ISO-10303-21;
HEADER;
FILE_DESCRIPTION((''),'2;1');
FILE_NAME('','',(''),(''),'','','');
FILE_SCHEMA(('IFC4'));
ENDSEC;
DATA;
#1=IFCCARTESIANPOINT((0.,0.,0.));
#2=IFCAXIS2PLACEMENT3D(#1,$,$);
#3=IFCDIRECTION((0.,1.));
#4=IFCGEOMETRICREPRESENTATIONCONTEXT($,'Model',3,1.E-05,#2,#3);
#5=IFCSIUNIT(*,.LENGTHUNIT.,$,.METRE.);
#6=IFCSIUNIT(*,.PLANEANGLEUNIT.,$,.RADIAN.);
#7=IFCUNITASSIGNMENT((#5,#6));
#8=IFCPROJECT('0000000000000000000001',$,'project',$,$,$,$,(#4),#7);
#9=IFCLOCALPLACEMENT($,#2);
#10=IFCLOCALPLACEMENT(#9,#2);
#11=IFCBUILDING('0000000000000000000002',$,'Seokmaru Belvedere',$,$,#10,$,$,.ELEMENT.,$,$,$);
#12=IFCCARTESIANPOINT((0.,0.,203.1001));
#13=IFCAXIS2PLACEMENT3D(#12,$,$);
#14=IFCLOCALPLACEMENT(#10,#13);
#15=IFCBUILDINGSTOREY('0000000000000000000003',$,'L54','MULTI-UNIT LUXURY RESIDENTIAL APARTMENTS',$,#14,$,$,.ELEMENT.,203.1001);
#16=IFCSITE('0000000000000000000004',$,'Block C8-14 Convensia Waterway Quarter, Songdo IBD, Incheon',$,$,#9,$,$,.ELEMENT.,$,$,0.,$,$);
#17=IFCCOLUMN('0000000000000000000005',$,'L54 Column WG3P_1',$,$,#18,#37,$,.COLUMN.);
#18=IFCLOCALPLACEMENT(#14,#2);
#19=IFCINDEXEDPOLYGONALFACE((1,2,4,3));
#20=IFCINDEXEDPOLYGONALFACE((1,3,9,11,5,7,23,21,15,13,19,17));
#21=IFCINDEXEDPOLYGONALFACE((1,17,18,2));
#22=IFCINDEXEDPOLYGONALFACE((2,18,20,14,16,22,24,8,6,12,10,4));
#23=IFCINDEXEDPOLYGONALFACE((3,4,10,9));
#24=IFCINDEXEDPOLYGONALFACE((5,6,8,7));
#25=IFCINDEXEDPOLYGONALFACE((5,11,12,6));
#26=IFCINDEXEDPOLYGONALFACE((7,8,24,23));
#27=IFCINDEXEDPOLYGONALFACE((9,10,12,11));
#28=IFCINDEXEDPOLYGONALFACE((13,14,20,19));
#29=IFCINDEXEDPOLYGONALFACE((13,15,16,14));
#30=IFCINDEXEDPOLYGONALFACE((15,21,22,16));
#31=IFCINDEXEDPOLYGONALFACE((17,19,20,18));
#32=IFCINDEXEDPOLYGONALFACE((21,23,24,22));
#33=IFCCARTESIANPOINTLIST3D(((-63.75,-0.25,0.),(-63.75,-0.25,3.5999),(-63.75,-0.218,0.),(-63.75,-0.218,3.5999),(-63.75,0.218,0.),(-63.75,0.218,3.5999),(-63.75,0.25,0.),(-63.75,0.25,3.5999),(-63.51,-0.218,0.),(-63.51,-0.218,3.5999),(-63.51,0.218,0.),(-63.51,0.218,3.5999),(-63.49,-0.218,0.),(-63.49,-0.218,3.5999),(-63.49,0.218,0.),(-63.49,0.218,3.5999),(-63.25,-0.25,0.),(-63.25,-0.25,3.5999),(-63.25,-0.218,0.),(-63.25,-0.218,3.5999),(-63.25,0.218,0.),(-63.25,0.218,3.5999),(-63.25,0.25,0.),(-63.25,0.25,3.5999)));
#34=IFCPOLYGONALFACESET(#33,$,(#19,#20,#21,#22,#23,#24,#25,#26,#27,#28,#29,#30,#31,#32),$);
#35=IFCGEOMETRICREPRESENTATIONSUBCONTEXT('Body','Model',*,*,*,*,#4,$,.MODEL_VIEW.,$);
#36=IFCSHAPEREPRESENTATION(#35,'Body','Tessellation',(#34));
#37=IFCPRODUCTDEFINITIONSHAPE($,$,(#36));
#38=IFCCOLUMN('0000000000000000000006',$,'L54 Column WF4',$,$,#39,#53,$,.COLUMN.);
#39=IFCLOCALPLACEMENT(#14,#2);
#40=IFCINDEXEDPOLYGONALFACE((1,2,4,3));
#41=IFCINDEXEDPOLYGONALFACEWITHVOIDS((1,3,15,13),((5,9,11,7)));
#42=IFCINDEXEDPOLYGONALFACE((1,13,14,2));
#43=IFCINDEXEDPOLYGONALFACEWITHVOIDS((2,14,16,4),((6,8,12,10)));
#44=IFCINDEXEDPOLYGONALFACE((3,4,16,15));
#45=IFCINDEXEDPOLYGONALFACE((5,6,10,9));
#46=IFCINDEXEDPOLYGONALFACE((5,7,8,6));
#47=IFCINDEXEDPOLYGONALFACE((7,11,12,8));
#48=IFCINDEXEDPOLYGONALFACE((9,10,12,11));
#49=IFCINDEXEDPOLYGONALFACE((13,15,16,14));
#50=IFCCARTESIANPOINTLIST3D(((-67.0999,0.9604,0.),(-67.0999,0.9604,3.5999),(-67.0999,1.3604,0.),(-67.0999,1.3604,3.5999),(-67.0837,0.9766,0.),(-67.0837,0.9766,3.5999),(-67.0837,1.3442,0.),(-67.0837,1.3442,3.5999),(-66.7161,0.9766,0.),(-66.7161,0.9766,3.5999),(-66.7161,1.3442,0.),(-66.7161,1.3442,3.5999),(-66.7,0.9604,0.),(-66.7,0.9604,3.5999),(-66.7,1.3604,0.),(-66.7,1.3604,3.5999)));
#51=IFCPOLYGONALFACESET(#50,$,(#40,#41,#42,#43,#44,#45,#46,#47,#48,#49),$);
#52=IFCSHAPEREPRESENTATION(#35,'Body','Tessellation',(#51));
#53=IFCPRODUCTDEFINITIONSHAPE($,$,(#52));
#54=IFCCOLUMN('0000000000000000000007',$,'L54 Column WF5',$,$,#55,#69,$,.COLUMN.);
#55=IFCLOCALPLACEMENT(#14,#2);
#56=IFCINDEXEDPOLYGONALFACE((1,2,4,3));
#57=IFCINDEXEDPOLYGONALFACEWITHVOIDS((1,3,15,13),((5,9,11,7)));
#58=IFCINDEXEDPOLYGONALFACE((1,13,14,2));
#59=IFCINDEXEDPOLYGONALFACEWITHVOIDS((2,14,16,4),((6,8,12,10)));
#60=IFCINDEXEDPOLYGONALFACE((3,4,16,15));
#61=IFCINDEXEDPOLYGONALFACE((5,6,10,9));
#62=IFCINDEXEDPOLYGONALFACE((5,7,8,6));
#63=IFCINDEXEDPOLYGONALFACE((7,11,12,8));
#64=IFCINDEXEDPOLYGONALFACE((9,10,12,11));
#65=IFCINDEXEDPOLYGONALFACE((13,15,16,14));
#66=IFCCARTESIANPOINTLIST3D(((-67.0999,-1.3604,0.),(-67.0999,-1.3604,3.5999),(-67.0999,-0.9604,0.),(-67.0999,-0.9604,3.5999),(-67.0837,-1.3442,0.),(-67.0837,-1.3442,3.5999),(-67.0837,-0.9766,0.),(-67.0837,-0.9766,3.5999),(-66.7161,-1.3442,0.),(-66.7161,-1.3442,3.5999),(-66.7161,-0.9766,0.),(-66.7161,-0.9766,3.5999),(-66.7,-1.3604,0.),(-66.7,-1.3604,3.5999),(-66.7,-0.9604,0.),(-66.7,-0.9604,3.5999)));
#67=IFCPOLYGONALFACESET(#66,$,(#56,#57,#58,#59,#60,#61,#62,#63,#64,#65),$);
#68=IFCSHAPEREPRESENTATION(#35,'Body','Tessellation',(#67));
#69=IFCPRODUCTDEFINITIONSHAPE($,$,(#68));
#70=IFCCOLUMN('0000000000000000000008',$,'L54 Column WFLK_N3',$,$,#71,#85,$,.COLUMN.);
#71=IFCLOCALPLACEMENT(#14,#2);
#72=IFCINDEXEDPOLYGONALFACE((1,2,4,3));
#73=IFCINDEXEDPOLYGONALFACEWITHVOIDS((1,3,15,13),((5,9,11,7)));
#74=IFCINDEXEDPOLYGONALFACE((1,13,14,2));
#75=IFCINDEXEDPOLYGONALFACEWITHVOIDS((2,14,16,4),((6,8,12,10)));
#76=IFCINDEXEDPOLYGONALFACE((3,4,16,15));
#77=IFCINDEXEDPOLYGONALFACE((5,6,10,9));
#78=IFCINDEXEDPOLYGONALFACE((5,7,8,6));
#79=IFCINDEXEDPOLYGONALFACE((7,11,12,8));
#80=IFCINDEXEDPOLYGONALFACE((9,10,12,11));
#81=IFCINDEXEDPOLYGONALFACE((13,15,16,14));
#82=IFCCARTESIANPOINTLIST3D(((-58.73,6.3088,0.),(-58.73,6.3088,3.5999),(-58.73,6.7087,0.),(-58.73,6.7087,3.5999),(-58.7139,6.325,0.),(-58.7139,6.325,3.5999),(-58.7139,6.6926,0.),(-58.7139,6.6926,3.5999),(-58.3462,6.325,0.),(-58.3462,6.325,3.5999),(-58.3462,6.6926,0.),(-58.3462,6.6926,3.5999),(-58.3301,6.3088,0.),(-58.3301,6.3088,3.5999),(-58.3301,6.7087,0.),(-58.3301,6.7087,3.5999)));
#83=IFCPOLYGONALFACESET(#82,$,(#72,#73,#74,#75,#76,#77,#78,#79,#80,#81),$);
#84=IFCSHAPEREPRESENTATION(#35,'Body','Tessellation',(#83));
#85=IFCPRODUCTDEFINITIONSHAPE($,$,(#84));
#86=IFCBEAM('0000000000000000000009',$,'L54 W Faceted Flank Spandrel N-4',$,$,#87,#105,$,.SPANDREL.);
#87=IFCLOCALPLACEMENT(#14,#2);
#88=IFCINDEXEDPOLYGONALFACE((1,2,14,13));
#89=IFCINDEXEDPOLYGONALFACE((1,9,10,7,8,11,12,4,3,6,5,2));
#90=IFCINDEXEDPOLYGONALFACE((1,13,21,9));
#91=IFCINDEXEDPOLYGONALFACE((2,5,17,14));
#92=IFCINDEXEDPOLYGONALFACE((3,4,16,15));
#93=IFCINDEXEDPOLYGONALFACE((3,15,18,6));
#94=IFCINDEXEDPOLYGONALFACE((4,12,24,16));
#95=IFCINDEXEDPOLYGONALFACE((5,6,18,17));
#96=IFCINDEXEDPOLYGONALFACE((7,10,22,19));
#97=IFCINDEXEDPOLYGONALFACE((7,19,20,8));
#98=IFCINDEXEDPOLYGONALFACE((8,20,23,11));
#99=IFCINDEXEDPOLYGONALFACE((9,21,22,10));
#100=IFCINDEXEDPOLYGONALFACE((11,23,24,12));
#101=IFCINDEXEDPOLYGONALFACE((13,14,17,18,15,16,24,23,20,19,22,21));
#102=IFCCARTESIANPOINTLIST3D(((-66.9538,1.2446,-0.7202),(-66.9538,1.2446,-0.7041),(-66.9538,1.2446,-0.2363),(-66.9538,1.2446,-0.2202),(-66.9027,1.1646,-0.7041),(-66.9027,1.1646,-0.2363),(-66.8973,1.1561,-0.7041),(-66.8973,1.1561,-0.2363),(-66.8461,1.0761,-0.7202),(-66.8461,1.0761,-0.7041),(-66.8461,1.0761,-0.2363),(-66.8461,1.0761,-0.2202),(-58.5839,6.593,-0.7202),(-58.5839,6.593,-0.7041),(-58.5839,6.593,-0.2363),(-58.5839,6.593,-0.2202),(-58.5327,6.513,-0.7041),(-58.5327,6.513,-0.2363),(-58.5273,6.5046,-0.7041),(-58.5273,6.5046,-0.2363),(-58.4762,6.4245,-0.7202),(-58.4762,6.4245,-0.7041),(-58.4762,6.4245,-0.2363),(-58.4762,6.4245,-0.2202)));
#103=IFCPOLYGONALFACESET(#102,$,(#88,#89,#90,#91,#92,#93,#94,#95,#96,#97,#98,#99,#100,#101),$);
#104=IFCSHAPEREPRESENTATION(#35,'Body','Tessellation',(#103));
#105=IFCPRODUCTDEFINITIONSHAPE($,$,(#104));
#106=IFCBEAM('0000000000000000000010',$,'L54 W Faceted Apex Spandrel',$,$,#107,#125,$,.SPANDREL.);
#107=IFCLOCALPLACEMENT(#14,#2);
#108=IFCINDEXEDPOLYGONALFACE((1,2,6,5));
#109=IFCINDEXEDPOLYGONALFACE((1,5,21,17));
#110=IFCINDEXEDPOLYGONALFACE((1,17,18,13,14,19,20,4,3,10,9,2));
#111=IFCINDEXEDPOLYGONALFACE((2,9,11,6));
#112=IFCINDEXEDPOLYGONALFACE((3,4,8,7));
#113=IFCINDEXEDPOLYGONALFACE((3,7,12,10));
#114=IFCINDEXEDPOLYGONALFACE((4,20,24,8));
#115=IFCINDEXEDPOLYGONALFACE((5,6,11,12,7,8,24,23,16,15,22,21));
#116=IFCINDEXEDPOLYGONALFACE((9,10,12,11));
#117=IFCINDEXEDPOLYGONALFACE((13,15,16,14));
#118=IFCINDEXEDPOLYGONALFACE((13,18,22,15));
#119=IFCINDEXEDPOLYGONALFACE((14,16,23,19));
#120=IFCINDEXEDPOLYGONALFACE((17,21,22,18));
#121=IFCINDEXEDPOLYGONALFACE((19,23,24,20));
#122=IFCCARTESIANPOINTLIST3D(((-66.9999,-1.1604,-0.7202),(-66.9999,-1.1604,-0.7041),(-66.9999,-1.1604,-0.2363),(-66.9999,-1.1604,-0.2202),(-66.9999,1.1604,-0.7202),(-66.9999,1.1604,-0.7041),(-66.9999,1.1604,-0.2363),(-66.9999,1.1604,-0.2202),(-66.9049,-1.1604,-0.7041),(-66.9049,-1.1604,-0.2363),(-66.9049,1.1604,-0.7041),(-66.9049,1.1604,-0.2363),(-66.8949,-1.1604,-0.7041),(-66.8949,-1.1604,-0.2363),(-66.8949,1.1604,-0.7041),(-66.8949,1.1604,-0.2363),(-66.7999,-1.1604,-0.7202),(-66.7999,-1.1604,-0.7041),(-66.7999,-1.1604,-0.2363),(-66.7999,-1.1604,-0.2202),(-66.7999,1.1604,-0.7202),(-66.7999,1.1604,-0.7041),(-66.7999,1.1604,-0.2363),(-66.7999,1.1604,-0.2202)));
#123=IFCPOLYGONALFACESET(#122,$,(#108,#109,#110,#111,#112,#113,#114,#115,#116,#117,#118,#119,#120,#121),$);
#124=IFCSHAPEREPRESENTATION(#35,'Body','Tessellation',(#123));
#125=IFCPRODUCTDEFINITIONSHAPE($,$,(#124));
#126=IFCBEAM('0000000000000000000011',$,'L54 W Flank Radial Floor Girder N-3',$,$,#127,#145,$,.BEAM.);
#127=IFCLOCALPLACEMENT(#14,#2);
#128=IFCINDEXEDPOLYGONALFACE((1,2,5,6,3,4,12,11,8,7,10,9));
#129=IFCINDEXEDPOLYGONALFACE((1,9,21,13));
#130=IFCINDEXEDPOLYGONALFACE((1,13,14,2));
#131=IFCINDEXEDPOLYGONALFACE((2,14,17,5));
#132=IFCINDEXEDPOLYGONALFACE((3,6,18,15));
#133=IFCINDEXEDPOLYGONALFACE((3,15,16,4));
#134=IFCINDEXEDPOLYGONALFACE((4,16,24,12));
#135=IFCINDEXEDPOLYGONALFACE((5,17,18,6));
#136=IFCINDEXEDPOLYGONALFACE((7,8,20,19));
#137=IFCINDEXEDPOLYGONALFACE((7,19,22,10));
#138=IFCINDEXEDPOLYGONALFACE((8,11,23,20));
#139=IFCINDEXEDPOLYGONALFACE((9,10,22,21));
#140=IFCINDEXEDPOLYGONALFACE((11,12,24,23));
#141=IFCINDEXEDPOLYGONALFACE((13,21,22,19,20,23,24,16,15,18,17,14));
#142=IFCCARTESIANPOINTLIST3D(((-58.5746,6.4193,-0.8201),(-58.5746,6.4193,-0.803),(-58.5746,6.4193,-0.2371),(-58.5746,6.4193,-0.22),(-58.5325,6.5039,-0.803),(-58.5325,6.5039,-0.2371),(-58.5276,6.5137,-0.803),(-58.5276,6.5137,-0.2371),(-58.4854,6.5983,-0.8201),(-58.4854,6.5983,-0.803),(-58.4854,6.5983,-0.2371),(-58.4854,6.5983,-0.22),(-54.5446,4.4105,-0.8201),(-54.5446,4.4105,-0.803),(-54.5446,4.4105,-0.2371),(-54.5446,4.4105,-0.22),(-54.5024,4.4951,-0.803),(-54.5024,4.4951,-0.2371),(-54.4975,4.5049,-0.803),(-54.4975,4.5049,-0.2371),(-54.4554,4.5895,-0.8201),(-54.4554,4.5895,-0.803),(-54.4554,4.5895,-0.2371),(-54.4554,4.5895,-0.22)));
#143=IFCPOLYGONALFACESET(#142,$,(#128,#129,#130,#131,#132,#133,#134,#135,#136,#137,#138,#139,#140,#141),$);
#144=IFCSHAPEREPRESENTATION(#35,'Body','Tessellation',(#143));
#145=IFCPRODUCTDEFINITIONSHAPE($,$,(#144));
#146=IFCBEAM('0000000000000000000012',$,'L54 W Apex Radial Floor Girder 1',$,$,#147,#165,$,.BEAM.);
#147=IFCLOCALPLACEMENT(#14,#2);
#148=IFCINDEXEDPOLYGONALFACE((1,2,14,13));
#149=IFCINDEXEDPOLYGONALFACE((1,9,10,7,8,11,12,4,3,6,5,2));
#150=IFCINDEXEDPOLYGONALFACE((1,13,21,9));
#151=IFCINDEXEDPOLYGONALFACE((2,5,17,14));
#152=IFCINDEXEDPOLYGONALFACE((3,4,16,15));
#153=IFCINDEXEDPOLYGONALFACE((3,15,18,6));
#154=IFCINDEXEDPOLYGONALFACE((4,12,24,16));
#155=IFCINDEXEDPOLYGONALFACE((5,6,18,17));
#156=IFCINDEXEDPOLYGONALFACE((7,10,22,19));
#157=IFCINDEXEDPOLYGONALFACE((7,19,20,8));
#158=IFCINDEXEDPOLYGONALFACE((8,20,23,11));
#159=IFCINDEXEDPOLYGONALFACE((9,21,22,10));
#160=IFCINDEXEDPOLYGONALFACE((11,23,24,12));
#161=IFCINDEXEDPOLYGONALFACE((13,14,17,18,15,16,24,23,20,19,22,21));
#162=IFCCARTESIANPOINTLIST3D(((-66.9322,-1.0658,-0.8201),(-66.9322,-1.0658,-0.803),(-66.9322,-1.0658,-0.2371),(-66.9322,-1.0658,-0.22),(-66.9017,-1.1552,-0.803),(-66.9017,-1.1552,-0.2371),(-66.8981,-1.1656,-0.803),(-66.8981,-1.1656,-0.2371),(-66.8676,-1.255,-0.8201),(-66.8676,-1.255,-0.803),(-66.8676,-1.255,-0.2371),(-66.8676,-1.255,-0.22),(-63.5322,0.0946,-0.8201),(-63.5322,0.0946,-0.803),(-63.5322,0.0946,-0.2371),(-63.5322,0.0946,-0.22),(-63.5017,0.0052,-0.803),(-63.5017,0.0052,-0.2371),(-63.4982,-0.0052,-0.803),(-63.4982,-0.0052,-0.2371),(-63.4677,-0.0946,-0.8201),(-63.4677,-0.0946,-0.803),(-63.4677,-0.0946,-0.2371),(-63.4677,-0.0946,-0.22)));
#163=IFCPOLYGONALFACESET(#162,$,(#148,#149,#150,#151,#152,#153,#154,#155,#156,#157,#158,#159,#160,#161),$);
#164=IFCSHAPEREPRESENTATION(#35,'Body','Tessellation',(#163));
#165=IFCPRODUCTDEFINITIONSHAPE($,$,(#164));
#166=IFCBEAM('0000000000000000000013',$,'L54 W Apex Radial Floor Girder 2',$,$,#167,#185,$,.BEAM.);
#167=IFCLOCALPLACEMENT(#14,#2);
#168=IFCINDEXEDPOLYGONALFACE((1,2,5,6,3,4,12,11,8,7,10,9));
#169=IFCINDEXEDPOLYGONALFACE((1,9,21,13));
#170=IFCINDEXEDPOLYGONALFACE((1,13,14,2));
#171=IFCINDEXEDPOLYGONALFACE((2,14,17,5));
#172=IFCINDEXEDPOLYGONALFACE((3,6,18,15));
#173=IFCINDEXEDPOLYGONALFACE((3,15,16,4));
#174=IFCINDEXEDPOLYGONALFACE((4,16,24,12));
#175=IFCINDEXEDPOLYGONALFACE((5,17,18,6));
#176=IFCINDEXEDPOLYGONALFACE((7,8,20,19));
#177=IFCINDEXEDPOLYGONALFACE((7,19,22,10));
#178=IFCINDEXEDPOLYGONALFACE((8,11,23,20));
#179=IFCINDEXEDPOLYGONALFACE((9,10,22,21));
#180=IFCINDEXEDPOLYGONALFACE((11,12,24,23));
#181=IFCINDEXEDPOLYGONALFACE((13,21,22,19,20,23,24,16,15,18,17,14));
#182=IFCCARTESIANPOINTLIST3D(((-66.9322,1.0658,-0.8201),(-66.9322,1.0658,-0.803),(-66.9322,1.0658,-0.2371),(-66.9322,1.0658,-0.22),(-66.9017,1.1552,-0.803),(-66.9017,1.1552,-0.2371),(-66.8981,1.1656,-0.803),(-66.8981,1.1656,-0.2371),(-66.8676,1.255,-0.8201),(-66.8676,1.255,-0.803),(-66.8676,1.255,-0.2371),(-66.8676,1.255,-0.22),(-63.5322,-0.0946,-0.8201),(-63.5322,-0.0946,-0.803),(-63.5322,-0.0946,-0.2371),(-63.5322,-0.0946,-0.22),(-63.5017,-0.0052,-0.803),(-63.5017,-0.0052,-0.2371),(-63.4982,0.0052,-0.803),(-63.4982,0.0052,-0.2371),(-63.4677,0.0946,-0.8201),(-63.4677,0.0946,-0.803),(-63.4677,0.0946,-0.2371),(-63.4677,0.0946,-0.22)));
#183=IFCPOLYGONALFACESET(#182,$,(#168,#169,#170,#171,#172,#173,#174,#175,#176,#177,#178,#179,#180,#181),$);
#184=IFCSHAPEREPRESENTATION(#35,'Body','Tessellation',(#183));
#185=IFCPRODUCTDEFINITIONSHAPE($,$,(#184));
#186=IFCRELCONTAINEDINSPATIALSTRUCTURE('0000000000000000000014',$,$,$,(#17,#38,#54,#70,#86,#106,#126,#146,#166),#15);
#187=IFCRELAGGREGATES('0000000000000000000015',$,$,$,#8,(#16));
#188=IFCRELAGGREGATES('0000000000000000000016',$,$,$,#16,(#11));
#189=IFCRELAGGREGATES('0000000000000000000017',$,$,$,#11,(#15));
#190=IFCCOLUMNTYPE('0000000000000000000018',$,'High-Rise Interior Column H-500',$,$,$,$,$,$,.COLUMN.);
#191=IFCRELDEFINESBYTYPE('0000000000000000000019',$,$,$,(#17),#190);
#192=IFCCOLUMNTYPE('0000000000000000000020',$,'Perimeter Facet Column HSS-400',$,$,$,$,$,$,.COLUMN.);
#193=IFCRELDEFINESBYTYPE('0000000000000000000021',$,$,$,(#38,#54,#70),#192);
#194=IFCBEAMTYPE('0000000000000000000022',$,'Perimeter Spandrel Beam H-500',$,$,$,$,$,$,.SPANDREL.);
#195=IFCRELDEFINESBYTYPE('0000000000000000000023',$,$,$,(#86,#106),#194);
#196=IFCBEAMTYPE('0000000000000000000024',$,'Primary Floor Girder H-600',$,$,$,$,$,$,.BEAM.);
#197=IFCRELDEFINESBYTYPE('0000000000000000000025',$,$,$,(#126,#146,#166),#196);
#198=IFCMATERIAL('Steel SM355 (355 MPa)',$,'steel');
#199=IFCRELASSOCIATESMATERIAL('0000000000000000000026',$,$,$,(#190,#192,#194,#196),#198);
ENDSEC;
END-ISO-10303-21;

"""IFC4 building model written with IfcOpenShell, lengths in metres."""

from ifc_helpers import new_model, si_unit, direction, frame, origin, origin_2d, place, context, subcontext, project, spatial, hollow_rectangle, i_section, extrude, source, transform, mapped, material, material_profile, profile_set, type_object, type_shapes, element, save


model = new_model("IFC4")

# Units and contexts
model_context = context("Model", 3, precision=1e-05, world=origin(), true_north=direction((0.0, 1.0)))
body_context = subcontext(model_context, "Body", "Model", "MODEL_VIEW")
ifc_project = project(units=[si_unit("LENGTHUNIT", "METRE"), si_unit("PLANEANGLEUNIT", "RADIAN")], contexts=[model_context])

# Site, building, storey
site_placement = place(None, origin())
site = spatial("IfcSite", under=ifc_project, at=site_placement, Name="Block C8-14 Convensia Waterway Quarter, Songdo IBD, Incheon", CompositionType="ELEMENT", RefElevation=0.0)
building_placement = place(site_placement, origin())
building = spatial("IfcBuilding", under=site, at=building_placement, Name="Seokmaru Belvedere", CompositionType="ELEMENT")
storey_placement = place(building_placement, frame((0.0, 0.0, 203.1001)))
storey = spatial("IfcBuildingStorey", under=building, at=storey_placement, Name="L54", Description="MULTI-UNIT LUXURY RESIDENTIAL APARTMENTS", CompositionType="ELEMENT", Elevation=203.1001)

# Columns
ifc_material_1 = material(Name="Steel SM355 (355 MPa)", Category="steel")
ifc_material_profile_1 = material_profile(ifc_material_1, i_section(OverallWidth=0.5, OverallDepth=0.5, WebThickness=0.02, FlangeThickness=0.032, at=origin_2d()), Name="H-500x500x20x32")
ifc_profile_set_1 = profile_set([ifc_material_profile_1], Name="Steel SM355 (355 MPa)")
column_type_1 = type_object("IfcColumnType", Name="High-Rise Interior Column H-500", PredefinedType="COLUMN", material=ifc_profile_set_1)
shared_shape_1 = source(origin(), body_context, "Body", "SweptSolid", [
    extrude(i_section(OverallWidth=0.5, OverallDepth=0.5, WebThickness=0.02, FlangeThickness=0.032, at=origin_2d()), origin(), (0.0, 0.0, 1.0), 3.5999),
])
type_shapes(column_type_1, [shared_shape_1])
column_placement = place(storey_placement, frame((-63.5, 0.0, 0.0), z_axis=(0.0, 0.0, 1.0), x_axis=(1.0, 0.0, 0.0)))
element("IfcColumn", 1, at=column_placement, inside=storey, type_object=column_type_1, Name="L54 Column WG3P_1", PredefinedType="COLUMN", context=body_context, shape_type="MappedRepresentation", body=[
    mapped(shared_shape_1, transform((0.0, 0.0, 0.0), scale=1.0)),
])
ifc_material_profile_2 = material_profile(ifc_material_1, hollow_rectangle(XDim=0.3999, YDim=0.3999, WallThickness=0.0161, at=origin_2d()), Name="HSS-400x400x16")
ifc_profile_set_2 = profile_set([ifc_material_profile_2], Name="Steel SM355 (355 MPa)")
column_type_2 = type_object("IfcColumnType", Name="Perimeter Facet Column HSS-400", PredefinedType="COLUMN", material=ifc_profile_set_2)
shared_shape_2 = source(origin(), body_context, "Body", "SweptSolid", [
    extrude(hollow_rectangle(XDim=0.3999, YDim=0.3999, WallThickness=0.0161, at=origin_2d()), origin(), (0.0, 0.0, 1.0), 3.5999),
])
type_shapes(column_type_2, [shared_shape_2])
for number, where, z_axis, x_axis, name in (
    (2, (-66.8999, 1.1604, 0.0), (0.0, 0.0, 1.0), (1.0, 0.0, 0.0), "L54 Column WF4"),
    (3, (-66.8999, -1.1604, 0.0), (0.0, 0.0, 1.0), (1.0, 0.0, 0.0), "L54 Column WF5"),
    (4, (-58.53, 6.5088, 0.0), (0.0, 0.0, 1.0), (1.0, 0.0, 0.0), "L54 Column WFLK_N3"),
):
    element("IfcColumn", number, at=place(storey_placement, frame(where, z_axis=z_axis, x_axis=x_axis)), inside=storey, type_object=column_type_2, Name=name, PredefinedType="COLUMN", context=body_context, shape_type="MappedRepresentation", body=[
        mapped(shared_shape_2, transform((0.0, 0.0, 0.0), scale=1.0)),
    ])

# Beams
ifc_material_profile_3 = material_profile(ifc_material_1, i_section(OverallWidth=0.2, OverallDepth=0.5, WebThickness=0.01, FlangeThickness=0.0161, at=origin_2d()), Name="H-500x200x10x16")
ifc_profile_set_3 = profile_set([ifc_material_profile_3], Name="Steel SM355 (355 MPa)")
beam_type_1 = type_object("IfcBeamType", Name="Perimeter Spandrel Beam H-500", PredefinedType="SPANDREL", material=ifc_profile_set_3)
shared_shape_3 = source(origin(), body_context, "Body", "SweptSolid", [
    extrude(i_section(OverallWidth=0.2, OverallDepth=0.5, WebThickness=0.01, FlangeThickness=0.0161, at=origin_2d()), origin(), (0.0, 0.0, 1.0), 9.9329),
])
beam_1_placement = place(storey_placement, frame((-58.53, 6.5088, -0.4702), z_axis=(-0.842652, -0.538459, 0.0), x_axis=(0.538459, -0.842652, 0.0)))
element("IfcBeam", 5, at=beam_1_placement, inside=storey, type_object=beam_type_1, Name="L54 W Faceted Flank Spandrel N-4", PredefinedType="SPANDREL", context=body_context, shape_type="MappedRepresentation", body=[
    mapped(shared_shape_3, transform((0.0, 0.0, 0.0), scale=1.0)),
])
shared_shape_4 = source(origin(), body_context, "Body", "SweptSolid", [
    extrude(i_section(OverallWidth=0.2, OverallDepth=0.5, WebThickness=0.01, FlangeThickness=0.0161, at=origin_2d()), origin(), (0.0, 0.0, 1.0), 2.3208),
])
type_shapes(beam_type_1, [shared_shape_3, shared_shape_4])
beam_2_placement = place(storey_placement, frame((-66.8999, -1.1604, -0.4702), z_axis=(0.0, 1.0, 0.0), x_axis=(-1.0, 0.0, 0.0)))
element("IfcBeam", 6, at=beam_2_placement, inside=storey, type_object=beam_type_1, Name="L54 W Faceted Apex Spandrel", PredefinedType="SPANDREL", context=body_context, shape_type="MappedRepresentation", body=[
    mapped(shared_shape_4, transform((0.0, 0.0, 0.0), scale=1.0)),
])
ifc_material_profile_4 = material_profile(ifc_material_1, i_section(OverallWidth=0.2, OverallDepth=0.6001, WebThickness=0.011, FlangeThickness=0.0171, at=origin_2d()), Name="H-600x200x11x17")
ifc_profile_set_4 = profile_set([ifc_material_profile_4], Name="Steel SM355 (355 MPa)")
beam_type_2 = type_object("IfcBeamType", Name="Primary Floor Girder H-600", PredefinedType="BEAM", material=ifc_profile_set_4)
shared_shape_5 = source(origin(), body_context, "Body", "SweptSolid", [
    extrude(i_section(OverallWidth=0.2, OverallDepth=0.6001, WebThickness=0.011, FlangeThickness=0.0171, at=origin_2d()), origin(), (0.0, 0.0, 1.0), 4.5029),
])
beam_3_placement = place(storey_placement, frame((-58.53, 6.5088, -0.52), z_axis=(0.89498, -0.446107, 0.0), x_axis=(0.446107, 0.89498, 0.0)))
element("IfcBeam", 7, at=beam_3_placement, inside=storey, type_object=beam_type_2, Name="L54 W Flank Radial Floor Girder N-3", PredefinedType="BEAM", context=body_context, shape_type="MappedRepresentation", body=[
    mapped(shared_shape_5, transform((0.0, 0.0, 0.0), scale=1.0)),
])
shared_shape_6 = source(origin(), body_context, "Body", "SweptSolid", [
    extrude(i_section(OverallWidth=0.2, OverallDepth=0.6001, WebThickness=0.011, FlangeThickness=0.0171, at=origin_2d()), origin(), (0.0, 0.0, 1.0), 3.5925),
])
type_shapes(beam_type_2, [shared_shape_5, shared_shape_6])
for number, where, z_axis, x_axis, name in (
    (8, (-66.8999, -1.1604, -0.52), (0.946396, 0.323009, 0.0), (-0.323009, 0.946396, 0.0), "L54 W Apex Radial Floor Girder 1"),
    (9, (-66.8999, 1.1604, -0.52), (0.946396, -0.323009, 0.0), (0.323009, 0.946396, 0.0), "L54 W Apex Radial Floor Girder 2"),
):
    element("IfcBeam", number, at=place(storey_placement, frame(where, z_axis=z_axis, x_axis=x_axis)), inside=storey, type_object=beam_type_2, Name=name, PredefinedType="BEAM", context=body_context, shape_type="MappedRepresentation", body=[
        mapped(shared_shape_6, transform((0.0, 0.0, 0.0), scale=1.0)),
    ])

save(model, "model.ifc")
